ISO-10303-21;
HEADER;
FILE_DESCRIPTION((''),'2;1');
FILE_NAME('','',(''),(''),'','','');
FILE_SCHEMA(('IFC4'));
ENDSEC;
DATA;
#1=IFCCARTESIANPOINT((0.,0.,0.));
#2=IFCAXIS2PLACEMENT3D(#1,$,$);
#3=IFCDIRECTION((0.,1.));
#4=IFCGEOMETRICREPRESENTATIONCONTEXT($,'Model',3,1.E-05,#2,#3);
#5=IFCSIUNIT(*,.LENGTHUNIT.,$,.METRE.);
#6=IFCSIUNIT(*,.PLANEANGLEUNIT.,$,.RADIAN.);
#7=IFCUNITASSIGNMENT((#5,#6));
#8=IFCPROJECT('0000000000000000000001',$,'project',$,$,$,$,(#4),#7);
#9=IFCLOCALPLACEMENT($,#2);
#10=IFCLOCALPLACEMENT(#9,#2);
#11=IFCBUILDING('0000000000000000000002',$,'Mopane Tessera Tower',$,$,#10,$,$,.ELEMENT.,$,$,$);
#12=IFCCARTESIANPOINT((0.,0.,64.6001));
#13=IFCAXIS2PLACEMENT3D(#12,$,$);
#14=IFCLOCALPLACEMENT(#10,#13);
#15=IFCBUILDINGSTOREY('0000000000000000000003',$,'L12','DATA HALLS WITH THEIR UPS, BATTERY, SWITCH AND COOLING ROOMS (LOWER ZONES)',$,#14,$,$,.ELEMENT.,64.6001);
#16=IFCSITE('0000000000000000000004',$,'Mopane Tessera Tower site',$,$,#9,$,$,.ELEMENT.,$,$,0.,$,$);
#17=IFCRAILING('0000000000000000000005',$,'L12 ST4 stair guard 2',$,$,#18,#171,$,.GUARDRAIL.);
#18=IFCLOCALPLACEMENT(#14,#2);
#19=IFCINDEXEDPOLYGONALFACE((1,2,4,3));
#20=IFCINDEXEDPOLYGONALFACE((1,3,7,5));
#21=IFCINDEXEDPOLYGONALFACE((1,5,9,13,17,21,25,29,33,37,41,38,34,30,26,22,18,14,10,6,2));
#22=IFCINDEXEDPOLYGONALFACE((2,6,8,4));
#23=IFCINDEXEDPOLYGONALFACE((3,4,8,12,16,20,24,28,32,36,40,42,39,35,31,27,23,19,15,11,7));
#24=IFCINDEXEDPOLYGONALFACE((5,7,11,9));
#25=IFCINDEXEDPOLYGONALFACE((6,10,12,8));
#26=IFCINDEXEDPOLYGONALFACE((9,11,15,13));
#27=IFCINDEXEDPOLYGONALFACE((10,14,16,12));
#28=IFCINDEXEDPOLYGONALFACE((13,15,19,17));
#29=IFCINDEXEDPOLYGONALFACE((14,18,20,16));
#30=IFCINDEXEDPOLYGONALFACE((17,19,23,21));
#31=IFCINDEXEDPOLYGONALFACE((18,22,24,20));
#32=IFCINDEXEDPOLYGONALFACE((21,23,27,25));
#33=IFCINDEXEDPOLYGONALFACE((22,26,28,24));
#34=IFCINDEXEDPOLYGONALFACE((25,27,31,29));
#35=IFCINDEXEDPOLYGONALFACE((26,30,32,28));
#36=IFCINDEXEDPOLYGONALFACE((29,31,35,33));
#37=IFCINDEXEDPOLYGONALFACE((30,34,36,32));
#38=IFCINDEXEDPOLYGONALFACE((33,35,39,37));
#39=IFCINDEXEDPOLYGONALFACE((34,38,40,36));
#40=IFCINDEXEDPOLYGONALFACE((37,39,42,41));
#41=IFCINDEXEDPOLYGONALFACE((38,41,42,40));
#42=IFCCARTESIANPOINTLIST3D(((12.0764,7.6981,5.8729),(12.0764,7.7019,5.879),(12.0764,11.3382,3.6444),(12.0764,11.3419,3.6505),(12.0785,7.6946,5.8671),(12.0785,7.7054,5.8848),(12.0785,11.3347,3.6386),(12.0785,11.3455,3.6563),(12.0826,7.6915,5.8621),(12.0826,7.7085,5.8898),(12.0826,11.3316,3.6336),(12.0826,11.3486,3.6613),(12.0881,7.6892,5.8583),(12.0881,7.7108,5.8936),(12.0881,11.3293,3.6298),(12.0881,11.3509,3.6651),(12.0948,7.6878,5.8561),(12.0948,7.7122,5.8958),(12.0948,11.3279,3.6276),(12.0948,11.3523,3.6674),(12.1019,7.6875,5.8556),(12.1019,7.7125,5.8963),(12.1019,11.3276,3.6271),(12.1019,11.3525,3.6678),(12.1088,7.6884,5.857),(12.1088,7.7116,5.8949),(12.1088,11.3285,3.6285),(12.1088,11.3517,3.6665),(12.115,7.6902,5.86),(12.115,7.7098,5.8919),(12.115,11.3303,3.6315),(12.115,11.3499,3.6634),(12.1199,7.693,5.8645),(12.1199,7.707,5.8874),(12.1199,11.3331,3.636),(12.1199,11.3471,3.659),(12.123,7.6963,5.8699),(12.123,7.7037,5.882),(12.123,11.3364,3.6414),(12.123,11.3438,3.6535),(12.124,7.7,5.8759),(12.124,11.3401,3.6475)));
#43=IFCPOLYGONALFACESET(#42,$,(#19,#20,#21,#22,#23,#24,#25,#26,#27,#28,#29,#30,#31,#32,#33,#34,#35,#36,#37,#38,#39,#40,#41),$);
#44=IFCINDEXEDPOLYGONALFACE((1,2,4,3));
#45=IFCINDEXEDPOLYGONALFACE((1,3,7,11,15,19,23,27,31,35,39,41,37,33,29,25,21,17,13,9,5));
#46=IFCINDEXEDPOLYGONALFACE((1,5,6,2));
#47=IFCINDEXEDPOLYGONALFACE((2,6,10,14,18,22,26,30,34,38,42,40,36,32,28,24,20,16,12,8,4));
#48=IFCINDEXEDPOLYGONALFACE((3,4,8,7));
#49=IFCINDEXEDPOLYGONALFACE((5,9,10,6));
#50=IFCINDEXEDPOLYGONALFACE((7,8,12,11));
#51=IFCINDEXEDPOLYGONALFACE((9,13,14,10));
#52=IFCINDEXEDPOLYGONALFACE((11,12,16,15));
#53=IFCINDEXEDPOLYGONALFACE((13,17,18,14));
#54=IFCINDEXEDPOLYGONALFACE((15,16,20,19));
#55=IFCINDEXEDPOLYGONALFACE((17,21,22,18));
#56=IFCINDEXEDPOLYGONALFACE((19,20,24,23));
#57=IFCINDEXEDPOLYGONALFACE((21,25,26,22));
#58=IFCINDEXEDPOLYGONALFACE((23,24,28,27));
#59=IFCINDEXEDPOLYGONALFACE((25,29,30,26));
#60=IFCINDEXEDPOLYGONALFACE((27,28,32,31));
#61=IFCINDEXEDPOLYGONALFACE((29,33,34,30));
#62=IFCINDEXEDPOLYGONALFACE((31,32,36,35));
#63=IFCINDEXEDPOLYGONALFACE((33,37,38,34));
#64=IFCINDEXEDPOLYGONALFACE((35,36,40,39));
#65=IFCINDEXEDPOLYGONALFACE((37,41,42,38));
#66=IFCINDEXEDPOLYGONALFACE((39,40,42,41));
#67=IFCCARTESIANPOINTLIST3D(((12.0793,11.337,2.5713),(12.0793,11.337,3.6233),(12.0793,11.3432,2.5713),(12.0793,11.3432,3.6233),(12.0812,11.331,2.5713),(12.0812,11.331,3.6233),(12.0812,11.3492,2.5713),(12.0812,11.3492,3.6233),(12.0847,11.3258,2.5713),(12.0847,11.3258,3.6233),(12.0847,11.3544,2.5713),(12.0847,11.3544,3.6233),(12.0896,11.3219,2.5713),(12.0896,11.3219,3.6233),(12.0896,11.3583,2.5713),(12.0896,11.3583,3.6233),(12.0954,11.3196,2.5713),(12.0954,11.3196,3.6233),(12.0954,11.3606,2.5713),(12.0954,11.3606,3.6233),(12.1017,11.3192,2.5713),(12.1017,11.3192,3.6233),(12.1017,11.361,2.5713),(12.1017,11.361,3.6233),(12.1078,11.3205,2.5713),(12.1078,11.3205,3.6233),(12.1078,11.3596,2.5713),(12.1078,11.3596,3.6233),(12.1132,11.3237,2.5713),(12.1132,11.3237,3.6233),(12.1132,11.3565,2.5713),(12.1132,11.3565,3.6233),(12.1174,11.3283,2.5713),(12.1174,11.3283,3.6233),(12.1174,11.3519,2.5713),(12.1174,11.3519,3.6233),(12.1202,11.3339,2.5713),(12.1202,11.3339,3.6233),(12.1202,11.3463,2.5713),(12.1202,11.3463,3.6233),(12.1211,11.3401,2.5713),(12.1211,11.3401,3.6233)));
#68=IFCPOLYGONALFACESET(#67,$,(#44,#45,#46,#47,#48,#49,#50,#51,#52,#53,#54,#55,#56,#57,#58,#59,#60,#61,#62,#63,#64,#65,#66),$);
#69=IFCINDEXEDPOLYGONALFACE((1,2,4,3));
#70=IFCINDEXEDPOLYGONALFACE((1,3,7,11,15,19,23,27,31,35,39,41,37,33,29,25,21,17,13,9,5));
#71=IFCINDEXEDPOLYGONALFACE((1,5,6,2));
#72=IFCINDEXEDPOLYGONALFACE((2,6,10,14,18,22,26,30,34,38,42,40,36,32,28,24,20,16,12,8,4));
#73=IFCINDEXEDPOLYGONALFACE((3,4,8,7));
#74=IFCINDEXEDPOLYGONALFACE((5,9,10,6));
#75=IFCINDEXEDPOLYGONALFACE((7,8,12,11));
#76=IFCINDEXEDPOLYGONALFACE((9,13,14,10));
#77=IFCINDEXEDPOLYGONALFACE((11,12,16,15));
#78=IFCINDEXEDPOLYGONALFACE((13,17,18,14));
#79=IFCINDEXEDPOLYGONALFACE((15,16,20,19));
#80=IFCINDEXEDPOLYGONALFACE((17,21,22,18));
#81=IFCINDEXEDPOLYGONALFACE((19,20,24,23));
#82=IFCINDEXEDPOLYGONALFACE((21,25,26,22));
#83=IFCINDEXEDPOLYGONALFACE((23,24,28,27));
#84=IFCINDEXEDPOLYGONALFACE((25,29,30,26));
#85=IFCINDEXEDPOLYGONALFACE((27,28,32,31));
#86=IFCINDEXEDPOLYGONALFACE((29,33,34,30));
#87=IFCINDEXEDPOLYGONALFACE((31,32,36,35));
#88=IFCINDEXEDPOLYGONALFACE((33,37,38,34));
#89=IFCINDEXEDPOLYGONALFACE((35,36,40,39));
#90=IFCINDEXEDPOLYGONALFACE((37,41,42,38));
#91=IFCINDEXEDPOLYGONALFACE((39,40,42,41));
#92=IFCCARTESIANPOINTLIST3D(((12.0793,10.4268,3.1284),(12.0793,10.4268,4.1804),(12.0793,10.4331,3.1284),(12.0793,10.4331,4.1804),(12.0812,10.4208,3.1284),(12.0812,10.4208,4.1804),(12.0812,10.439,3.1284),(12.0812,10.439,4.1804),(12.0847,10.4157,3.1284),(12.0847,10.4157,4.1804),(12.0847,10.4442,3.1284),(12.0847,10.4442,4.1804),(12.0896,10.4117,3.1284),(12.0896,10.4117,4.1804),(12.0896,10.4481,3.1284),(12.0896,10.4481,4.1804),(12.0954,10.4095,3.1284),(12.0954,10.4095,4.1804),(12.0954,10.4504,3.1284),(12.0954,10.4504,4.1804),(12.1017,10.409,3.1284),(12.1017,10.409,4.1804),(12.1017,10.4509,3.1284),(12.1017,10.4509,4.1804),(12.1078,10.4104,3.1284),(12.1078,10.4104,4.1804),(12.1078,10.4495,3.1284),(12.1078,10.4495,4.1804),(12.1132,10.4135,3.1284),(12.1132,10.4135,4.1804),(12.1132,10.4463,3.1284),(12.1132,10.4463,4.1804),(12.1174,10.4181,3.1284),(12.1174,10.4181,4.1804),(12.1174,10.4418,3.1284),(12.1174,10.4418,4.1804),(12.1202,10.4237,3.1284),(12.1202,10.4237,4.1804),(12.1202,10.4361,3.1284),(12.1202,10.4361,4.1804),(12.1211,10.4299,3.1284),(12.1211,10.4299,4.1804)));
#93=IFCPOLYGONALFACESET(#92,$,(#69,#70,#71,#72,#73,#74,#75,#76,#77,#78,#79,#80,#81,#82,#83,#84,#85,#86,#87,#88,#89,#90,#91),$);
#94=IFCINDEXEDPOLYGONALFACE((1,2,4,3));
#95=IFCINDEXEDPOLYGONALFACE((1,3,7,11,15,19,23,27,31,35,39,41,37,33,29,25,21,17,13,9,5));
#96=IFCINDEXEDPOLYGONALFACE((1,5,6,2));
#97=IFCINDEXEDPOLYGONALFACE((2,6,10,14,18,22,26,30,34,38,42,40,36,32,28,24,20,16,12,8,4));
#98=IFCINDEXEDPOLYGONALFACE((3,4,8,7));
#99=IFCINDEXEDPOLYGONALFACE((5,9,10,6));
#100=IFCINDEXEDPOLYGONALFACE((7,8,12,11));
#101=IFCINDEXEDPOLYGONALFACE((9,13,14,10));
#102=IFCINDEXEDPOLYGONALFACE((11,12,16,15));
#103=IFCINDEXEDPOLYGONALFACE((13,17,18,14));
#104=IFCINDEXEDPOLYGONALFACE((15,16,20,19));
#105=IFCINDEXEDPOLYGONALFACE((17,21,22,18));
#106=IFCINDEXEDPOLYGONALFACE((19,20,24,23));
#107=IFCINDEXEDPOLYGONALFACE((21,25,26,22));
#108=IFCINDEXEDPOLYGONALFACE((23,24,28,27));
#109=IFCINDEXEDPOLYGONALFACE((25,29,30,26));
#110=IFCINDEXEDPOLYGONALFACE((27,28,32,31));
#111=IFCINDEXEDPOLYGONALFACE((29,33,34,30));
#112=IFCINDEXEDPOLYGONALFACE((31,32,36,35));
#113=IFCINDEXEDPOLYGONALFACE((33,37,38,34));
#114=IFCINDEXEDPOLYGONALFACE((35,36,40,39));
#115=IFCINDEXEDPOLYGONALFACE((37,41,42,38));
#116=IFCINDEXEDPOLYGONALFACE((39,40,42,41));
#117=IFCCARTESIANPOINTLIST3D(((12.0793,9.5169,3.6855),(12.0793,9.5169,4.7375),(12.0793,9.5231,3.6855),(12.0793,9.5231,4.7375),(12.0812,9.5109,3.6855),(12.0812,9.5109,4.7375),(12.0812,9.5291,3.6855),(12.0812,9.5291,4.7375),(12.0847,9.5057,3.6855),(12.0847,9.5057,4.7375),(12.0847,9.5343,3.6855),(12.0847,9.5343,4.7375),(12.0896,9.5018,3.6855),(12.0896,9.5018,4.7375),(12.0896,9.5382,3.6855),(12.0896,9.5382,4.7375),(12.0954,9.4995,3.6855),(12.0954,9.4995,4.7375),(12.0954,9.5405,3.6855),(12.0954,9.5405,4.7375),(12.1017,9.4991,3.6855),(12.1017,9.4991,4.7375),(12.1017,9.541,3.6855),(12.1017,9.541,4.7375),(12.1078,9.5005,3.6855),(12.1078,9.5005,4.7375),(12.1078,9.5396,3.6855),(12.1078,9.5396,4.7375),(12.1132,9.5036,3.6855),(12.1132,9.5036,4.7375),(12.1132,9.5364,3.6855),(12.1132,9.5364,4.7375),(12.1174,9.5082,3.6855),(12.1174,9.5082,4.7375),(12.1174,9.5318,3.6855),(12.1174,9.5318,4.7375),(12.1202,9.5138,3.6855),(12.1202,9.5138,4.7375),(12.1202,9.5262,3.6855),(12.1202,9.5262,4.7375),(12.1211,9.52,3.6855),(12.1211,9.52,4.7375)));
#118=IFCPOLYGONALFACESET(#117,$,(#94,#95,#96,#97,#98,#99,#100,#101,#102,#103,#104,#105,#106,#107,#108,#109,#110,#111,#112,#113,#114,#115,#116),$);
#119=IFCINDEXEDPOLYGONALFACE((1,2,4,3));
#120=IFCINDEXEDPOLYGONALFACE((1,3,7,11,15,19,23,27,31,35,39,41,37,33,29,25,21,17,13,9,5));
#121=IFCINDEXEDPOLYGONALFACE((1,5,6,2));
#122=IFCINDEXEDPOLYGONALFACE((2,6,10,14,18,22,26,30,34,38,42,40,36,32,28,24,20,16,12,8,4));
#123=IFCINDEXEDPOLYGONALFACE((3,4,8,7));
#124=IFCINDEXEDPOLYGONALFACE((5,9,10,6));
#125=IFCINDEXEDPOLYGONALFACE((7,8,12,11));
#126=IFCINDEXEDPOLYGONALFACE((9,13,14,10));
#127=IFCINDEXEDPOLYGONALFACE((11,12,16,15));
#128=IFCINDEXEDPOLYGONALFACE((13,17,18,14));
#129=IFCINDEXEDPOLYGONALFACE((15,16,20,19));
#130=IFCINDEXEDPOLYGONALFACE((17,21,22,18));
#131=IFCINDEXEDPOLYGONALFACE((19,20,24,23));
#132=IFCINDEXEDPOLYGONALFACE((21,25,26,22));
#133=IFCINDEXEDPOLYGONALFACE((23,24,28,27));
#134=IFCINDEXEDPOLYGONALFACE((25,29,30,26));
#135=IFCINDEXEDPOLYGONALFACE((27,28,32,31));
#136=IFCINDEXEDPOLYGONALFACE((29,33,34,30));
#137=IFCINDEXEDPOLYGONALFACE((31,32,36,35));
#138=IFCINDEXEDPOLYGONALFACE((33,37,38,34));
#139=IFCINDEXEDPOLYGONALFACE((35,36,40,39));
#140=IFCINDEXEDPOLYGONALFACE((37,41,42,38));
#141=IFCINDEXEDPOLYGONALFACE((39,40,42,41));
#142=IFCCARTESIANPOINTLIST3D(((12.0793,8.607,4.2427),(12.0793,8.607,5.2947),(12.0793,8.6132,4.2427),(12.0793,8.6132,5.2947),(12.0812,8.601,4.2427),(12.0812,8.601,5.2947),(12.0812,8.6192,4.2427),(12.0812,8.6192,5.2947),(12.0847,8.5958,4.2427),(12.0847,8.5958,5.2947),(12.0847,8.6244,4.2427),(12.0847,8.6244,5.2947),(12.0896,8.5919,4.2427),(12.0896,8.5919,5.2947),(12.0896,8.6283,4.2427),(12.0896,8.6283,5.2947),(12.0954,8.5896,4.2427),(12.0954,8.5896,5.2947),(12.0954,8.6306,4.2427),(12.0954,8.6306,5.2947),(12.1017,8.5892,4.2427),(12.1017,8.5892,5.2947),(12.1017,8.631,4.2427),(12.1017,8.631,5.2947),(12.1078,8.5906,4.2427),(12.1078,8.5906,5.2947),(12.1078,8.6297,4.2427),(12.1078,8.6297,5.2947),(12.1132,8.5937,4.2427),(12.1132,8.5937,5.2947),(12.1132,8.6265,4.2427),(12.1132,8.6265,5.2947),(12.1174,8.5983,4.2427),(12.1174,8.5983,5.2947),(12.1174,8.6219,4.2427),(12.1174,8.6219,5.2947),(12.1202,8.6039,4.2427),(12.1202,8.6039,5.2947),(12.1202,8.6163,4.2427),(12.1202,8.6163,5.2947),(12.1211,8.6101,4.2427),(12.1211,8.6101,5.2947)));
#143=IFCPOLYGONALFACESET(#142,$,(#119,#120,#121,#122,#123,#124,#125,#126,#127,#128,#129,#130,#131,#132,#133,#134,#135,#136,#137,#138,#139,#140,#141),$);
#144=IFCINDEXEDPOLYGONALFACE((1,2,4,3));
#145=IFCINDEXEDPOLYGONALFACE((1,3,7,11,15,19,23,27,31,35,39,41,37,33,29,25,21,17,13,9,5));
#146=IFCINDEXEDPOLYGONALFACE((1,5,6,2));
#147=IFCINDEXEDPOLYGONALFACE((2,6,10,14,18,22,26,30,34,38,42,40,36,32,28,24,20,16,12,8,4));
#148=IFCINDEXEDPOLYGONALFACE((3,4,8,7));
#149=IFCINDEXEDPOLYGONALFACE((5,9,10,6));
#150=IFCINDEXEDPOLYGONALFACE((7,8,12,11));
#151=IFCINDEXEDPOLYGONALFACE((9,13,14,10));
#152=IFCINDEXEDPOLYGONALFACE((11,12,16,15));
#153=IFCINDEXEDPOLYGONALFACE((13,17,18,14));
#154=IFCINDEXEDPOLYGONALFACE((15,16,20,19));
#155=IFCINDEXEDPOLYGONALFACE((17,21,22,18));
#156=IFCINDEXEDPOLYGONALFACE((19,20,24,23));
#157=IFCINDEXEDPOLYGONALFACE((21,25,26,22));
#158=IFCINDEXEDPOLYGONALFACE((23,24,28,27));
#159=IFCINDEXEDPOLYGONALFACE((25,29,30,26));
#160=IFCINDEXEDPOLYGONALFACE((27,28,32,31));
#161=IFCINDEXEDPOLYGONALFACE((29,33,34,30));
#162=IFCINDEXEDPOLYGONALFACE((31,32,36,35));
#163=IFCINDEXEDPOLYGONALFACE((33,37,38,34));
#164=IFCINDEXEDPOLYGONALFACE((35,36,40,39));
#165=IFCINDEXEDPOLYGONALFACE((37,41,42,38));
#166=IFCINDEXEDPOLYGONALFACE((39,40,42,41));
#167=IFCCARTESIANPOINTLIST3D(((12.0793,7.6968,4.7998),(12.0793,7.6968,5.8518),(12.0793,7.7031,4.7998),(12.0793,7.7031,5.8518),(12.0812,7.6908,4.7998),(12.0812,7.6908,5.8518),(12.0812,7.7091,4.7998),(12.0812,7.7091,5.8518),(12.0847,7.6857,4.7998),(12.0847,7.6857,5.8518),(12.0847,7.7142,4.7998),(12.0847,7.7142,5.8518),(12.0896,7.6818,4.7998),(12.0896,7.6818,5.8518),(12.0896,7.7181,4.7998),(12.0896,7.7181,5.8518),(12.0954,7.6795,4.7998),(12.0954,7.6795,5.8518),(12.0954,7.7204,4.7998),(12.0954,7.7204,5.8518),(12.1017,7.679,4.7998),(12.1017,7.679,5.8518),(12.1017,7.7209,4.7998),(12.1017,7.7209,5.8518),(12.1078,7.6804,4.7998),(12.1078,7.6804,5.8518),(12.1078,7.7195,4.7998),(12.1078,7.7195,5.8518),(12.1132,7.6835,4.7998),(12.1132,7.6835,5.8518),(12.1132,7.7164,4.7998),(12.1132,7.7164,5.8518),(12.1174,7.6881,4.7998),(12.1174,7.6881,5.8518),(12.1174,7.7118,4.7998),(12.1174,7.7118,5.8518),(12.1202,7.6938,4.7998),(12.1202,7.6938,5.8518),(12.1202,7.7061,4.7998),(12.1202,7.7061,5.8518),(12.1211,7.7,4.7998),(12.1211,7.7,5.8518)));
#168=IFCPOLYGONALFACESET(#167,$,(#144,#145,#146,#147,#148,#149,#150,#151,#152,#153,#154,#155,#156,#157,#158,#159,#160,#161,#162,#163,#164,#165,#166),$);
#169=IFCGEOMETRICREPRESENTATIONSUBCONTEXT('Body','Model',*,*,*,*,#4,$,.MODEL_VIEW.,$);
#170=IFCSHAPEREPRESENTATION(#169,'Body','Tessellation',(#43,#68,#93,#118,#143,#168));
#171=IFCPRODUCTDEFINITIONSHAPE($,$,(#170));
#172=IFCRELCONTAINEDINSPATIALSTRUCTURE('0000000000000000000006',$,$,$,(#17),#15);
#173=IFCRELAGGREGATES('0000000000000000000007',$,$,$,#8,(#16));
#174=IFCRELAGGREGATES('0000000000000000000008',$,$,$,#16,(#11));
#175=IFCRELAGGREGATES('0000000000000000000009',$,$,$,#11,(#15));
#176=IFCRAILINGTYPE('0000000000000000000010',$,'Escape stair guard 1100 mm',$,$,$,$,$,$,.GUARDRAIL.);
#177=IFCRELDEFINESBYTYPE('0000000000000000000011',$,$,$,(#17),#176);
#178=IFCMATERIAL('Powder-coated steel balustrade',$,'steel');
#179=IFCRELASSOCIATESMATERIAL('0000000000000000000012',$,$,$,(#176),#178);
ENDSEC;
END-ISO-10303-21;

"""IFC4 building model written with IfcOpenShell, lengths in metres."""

from ifc_helpers import new_model, si_unit, direction, frame, origin, origin_2d, place, context, subcontext, project, spatial, circle, extrude, material, type_object, element, save


model = new_model("IFC4")

# Units and contexts
model_context = context("Model", 3, precision=1e-05, world=origin(), true_north=direction((0.0, 1.0)))
body_context = subcontext(model_context, "Body", "Model", "MODEL_VIEW")
ifc_project = project(units=[si_unit("LENGTHUNIT", "METRE"), si_unit("PLANEANGLEUNIT", "RADIAN")], contexts=[model_context])

# Site, building, storey
site_placement = place(None, origin())
site = spatial("IfcSite", under=ifc_project, at=site_placement, Name="Mopane Tessera Tower site", CompositionType="ELEMENT", RefElevation=0.0)
building_placement = place(site_placement, origin())
building = spatial("IfcBuilding", under=site, at=building_placement, Name="Mopane Tessera Tower", CompositionType="ELEMENT")
storey_placement = place(building_placement, frame((0.0, 0.0, 64.6001)))
storey = spatial("IfcBuildingStorey", under=building, at=storey_placement, Name="L12", Description="DATA HALLS WITH THEIR UPS, BATTERY, SWITCH AND COOLING ROOMS (LOWER ZONES)", CompositionType="ELEMENT", Elevation=64.6001)

# Railing
ifc_material_1 = material(Name="Powder-coated steel balustrade", Category="steel")
railing_type_1 = type_object("IfcRailingType", Name="Escape stair guard 1100 mm", PredefinedType="GUARDRAIL", material=ifc_material_1)
railing_1_placement = place(storey_placement, frame((12.1001, 11.3401, 2.5713)))
element("IfcRailing", 1, at=railing_1_placement, inside=storey, type_object=railing_type_1, Name="L12 ST4 stair guard 2", PredefinedType="GUARDRAIL", context=body_context, shape_type="SweptSolid", body=[
    extrude(circle(Radius=0.0239, at=origin_2d()), frame((0.0, 0.0, 1.0762), z_axis=(0.0, -0.852866, 0.52213), x_axis=(1.0, 0.0, 0.0)), (0.0, 0.0, 1.0), 4.2681),
    extrude(circle(Radius=0.021, at=origin_2d()), origin(), (0.0, 0.0, 1.0), 1.052),
    extrude(circle(Radius=0.021, at=origin_2d()), frame((0.0, -0.9102, 0.5571)), (0.0, 0.0, 1.0), 1.052),
    extrude(circle(Radius=0.021, at=origin_2d()), frame((0.0, -1.8201, 1.1143)), (0.0, 0.0, 1.0), 1.052),
    extrude(circle(Radius=0.021, at=origin_2d()), frame((0.0, -2.73, 1.6714)), (0.0, 0.0, 1.0), 1.052),
    extrude(circle(Radius=0.021, at=origin_2d()), frame((0.0, -3.6401, 2.2285)), (0.0, 0.0, 1.0), 1.052),
])

save(model, "model.ifc")
